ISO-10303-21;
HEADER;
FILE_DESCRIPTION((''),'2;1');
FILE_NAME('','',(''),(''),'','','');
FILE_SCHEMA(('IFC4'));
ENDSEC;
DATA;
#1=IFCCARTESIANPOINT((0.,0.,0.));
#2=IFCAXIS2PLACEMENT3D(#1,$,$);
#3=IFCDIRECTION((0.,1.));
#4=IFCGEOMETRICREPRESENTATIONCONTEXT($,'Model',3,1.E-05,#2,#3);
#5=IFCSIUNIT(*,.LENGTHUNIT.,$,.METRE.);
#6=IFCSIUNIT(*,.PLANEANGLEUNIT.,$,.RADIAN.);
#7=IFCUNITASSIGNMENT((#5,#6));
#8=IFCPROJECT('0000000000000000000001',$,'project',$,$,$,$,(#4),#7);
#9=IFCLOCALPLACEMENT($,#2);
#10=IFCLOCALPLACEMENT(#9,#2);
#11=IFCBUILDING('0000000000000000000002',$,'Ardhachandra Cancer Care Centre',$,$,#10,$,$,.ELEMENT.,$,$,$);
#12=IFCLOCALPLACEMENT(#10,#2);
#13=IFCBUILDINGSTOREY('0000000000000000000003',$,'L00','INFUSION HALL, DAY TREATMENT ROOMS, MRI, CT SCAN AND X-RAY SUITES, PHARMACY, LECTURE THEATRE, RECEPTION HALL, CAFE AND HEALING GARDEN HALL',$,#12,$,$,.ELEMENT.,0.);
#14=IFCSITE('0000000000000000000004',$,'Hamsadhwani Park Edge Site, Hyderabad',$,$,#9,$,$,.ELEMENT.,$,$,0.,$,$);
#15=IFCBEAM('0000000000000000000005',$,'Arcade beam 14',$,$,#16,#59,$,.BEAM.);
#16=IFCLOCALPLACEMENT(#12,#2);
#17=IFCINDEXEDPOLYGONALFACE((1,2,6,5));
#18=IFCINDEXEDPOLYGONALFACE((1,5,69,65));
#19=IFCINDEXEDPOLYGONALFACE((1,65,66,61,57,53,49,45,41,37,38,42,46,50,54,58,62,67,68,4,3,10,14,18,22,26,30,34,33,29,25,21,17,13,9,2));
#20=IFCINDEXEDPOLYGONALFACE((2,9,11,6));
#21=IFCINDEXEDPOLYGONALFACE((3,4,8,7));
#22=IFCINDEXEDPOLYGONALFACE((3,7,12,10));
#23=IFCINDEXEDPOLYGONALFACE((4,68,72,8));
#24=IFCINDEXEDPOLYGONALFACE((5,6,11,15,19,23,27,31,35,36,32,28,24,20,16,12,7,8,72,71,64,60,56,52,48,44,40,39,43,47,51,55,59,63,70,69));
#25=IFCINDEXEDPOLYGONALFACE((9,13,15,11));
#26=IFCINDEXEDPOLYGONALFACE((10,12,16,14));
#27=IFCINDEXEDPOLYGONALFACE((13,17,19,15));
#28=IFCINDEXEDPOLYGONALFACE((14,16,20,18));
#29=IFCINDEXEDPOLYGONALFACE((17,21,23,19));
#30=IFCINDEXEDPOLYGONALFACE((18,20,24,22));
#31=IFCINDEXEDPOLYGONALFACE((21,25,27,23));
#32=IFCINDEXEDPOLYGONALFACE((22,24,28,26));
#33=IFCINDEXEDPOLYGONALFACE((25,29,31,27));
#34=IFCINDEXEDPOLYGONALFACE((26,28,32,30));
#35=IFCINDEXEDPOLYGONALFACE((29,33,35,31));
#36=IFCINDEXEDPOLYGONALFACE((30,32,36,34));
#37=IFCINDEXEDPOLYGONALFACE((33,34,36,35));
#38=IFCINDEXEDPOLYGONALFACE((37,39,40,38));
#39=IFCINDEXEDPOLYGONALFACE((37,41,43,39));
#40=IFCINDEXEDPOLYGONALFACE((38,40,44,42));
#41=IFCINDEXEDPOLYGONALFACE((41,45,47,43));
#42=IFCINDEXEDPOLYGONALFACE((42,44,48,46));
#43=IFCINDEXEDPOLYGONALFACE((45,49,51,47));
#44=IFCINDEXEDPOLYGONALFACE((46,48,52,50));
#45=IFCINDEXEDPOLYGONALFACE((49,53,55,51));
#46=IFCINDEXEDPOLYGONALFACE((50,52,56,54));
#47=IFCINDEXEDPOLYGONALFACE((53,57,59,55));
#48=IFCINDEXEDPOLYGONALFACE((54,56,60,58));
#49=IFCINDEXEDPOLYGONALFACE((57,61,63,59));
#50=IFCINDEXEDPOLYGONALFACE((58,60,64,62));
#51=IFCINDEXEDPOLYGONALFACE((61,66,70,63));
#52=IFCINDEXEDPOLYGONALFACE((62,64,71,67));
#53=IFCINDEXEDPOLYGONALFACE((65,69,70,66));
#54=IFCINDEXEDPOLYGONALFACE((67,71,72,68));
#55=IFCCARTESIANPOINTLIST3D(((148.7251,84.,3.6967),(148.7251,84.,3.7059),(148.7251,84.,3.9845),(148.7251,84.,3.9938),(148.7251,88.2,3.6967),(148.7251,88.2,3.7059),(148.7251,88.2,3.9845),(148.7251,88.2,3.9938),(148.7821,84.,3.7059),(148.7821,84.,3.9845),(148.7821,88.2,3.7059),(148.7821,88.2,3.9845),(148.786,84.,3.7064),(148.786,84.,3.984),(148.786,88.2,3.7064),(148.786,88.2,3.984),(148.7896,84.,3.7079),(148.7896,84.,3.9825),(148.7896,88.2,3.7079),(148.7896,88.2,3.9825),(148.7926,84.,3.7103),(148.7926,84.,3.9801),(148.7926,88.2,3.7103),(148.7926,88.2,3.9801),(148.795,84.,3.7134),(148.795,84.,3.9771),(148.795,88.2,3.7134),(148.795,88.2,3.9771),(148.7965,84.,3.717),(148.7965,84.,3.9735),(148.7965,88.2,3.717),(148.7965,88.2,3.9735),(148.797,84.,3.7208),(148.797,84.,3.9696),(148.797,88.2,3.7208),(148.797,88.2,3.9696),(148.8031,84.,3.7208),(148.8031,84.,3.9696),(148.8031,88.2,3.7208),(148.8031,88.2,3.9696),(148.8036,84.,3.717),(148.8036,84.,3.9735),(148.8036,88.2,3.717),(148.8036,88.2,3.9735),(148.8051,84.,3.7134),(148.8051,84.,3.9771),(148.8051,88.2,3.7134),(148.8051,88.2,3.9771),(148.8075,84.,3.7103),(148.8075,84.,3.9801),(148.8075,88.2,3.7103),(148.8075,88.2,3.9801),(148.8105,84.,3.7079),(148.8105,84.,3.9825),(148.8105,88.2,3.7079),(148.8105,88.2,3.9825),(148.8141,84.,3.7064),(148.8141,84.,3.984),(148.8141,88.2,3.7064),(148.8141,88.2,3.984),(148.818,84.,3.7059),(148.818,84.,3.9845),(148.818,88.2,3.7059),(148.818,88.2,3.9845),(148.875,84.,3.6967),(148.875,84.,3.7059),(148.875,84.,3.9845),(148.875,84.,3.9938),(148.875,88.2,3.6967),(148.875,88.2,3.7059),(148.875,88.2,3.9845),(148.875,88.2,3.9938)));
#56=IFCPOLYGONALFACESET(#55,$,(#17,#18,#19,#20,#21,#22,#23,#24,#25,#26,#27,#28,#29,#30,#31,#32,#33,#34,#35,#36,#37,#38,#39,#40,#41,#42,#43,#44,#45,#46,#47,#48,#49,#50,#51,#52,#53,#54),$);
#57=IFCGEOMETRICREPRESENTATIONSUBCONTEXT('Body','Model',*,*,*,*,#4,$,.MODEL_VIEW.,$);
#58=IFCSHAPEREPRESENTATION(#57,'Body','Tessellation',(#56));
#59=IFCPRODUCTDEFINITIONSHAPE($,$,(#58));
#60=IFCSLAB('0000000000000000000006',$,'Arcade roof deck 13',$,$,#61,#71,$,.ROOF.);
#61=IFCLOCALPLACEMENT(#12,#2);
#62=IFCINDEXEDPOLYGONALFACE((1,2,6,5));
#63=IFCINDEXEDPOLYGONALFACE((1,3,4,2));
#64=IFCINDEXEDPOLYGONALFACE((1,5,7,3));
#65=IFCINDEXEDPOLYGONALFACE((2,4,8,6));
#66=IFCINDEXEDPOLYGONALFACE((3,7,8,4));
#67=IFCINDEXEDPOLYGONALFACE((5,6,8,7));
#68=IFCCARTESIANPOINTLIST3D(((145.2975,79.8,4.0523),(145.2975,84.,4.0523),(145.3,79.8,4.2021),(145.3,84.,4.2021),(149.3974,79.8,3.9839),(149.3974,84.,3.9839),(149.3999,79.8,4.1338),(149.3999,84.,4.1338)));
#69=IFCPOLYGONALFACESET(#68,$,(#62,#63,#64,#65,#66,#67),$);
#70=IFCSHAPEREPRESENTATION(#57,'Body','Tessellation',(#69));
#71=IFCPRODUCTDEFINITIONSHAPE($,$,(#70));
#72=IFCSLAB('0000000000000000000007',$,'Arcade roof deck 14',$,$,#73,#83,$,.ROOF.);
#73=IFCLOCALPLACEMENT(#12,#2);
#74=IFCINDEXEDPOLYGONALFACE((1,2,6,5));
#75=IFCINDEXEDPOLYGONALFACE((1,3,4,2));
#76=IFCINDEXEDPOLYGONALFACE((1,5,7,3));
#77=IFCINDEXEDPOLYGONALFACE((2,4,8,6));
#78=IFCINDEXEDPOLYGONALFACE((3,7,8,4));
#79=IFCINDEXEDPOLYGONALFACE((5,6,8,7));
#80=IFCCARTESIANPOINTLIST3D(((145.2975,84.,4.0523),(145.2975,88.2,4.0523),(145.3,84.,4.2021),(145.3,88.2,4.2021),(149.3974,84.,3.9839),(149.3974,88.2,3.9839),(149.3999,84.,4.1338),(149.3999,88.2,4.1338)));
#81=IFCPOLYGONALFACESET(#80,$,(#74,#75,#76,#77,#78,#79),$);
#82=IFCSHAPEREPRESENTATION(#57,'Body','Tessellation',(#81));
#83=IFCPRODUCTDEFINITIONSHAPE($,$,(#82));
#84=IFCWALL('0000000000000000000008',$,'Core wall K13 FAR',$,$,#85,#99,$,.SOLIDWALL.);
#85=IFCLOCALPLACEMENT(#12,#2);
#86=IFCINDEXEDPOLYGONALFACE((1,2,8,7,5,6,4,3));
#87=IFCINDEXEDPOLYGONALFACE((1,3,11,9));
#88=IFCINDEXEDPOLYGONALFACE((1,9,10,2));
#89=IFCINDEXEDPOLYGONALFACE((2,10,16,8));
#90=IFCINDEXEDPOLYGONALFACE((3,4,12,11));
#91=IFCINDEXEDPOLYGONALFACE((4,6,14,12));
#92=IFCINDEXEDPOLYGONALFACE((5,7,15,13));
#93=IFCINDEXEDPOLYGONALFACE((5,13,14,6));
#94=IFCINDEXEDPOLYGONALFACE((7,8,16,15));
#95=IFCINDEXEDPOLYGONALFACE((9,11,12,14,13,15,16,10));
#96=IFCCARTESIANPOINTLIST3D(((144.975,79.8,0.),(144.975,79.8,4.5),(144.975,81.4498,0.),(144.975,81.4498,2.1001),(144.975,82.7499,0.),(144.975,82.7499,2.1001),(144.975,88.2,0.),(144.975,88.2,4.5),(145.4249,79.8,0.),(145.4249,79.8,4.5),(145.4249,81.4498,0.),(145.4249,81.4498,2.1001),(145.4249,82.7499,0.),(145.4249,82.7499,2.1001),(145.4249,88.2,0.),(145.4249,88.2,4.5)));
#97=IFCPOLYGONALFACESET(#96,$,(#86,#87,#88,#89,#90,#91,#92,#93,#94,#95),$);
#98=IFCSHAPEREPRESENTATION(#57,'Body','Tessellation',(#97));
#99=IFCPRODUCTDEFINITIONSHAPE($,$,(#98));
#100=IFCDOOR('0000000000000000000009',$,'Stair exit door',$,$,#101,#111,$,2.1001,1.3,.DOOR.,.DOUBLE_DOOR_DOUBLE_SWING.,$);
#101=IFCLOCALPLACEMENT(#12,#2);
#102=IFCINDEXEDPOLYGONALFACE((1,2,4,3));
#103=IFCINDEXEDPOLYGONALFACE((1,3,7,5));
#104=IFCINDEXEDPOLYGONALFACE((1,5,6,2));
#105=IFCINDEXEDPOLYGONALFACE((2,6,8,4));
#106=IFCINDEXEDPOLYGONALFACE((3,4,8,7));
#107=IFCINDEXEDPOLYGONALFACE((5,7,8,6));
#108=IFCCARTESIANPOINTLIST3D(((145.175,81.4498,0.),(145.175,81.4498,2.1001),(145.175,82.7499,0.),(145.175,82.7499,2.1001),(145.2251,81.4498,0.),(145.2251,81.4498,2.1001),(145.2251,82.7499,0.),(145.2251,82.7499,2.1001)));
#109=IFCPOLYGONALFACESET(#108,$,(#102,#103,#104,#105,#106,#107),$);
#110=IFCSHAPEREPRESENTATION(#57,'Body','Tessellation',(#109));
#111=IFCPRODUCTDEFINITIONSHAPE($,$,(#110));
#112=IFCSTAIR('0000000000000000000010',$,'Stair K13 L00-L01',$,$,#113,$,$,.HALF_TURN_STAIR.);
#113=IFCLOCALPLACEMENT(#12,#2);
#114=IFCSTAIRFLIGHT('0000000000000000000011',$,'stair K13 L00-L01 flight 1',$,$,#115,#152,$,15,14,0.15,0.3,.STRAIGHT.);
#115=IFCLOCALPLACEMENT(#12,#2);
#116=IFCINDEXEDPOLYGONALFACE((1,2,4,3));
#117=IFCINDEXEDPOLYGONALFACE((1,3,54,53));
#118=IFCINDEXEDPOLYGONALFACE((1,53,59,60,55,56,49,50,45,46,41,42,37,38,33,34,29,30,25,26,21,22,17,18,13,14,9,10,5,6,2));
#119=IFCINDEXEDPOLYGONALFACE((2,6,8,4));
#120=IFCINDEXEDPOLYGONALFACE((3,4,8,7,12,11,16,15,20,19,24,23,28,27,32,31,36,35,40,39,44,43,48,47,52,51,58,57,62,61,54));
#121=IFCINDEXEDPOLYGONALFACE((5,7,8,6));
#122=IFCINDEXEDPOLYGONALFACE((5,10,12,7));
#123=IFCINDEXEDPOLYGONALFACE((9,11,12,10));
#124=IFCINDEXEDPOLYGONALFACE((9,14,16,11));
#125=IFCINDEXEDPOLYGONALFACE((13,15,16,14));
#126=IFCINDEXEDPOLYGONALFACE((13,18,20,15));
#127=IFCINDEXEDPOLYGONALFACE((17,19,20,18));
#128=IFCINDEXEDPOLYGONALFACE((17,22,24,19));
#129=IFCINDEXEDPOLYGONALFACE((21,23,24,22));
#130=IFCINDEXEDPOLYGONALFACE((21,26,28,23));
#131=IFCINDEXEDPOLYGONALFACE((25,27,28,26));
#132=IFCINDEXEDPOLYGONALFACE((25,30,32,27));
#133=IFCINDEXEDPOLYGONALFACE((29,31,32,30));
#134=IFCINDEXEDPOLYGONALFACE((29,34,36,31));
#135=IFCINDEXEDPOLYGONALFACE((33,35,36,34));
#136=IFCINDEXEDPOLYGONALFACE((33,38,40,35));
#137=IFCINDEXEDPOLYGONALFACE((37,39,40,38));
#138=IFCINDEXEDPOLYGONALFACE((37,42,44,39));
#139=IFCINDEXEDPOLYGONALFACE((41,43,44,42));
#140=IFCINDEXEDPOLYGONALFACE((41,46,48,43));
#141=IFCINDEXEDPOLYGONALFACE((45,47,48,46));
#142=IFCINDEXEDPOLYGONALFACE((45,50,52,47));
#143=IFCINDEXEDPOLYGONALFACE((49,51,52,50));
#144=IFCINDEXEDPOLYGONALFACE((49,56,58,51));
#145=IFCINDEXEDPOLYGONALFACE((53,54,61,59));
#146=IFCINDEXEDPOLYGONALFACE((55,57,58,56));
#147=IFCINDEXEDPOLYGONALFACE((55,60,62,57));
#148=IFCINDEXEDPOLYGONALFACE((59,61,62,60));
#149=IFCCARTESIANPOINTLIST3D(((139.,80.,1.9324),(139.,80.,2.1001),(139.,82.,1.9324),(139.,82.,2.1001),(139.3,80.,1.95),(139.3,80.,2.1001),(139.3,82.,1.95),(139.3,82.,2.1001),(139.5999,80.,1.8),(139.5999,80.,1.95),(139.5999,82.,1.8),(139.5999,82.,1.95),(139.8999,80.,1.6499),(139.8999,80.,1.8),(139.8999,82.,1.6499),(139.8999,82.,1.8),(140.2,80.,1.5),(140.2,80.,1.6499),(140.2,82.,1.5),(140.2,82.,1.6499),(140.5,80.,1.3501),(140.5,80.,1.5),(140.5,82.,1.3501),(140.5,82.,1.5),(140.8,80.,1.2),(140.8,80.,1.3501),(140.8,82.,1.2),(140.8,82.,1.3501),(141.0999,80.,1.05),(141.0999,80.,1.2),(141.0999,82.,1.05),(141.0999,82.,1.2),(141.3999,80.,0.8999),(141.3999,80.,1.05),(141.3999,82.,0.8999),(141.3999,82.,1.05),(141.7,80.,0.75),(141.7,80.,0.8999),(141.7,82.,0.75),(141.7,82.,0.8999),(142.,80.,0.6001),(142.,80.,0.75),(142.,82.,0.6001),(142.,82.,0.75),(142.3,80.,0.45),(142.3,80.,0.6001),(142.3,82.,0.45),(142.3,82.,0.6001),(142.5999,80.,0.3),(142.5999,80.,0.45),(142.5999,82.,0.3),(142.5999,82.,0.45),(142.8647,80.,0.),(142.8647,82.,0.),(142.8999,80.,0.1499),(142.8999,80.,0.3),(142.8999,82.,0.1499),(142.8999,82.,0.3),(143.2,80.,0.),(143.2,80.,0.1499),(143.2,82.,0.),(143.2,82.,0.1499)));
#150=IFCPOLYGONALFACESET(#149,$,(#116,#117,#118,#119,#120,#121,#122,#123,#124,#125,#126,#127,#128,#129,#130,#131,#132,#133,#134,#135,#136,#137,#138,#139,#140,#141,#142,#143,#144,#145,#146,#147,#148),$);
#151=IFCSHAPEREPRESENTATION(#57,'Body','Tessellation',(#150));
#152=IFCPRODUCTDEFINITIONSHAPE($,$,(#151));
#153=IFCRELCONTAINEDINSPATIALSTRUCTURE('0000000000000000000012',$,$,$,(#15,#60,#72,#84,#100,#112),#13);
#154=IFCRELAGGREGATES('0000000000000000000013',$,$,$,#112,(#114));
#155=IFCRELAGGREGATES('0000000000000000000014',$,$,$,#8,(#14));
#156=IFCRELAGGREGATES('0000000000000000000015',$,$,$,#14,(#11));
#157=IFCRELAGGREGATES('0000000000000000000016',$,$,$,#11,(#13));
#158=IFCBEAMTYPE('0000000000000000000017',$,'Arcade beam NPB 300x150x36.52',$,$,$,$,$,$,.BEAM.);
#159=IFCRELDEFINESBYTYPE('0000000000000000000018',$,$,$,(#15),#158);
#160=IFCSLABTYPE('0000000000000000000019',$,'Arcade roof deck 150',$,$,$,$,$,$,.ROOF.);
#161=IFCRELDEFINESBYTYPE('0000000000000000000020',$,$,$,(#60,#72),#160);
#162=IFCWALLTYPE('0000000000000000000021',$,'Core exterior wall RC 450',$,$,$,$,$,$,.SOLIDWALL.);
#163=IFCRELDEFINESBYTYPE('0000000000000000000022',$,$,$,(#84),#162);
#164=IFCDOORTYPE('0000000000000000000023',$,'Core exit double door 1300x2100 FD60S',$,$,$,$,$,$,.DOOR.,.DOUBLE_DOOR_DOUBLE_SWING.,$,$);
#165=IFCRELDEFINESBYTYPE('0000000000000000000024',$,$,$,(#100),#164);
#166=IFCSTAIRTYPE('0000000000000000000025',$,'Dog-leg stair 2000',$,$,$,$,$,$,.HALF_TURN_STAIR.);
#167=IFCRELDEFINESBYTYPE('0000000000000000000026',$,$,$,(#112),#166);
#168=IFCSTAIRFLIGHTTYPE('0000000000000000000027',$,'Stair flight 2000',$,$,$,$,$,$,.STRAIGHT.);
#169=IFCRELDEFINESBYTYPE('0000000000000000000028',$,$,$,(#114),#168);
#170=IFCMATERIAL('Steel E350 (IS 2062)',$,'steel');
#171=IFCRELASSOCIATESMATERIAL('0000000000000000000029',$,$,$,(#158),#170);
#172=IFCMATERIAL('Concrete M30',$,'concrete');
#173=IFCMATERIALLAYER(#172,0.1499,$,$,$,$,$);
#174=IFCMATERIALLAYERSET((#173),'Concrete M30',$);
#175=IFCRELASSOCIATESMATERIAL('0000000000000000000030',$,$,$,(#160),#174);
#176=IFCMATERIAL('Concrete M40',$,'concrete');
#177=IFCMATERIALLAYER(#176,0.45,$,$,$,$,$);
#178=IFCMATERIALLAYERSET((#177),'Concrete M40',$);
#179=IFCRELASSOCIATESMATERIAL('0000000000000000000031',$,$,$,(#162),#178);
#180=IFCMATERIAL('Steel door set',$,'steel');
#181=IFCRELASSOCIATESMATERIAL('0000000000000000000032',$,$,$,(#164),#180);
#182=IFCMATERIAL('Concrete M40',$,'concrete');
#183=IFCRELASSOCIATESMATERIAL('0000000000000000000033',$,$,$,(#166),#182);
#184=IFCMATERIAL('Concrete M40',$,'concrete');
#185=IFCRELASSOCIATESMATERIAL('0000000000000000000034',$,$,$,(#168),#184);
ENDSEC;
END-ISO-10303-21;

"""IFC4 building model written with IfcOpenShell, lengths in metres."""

from ifc_helpers import new_model, si_unit, direction, frame, frame_2d, origin, origin_2d, place, context, subcontext, project, spatial, polyline, rectangle, i_section, outline, extrude, material, layer, layer_set, material_profile, profile_set, type_object, element, fill, aggregate, save


model = new_model("IFC4")

# Units and contexts
model_context = context("Model", 3, precision=1e-05, world=origin(), true_north=direction((0.0, 1.0)))
body_context = subcontext(model_context, "Body", "Model", "MODEL_VIEW")
ifc_project = project(units=[si_unit("LENGTHUNIT", "METRE"), si_unit("PLANEANGLEUNIT", "RADIAN")], contexts=[model_context])

# Site, building, storey
site_placement = place(None, origin())
site = spatial("IfcSite", under=ifc_project, at=site_placement, Name="Hamsadhwani Park Edge Site, Hyderabad", CompositionType="ELEMENT", RefElevation=0.0)
building_placement = place(site_placement, origin())
building = spatial("IfcBuilding", under=site, at=building_placement, Name="Ardhachandra Cancer Care Centre", CompositionType="ELEMENT")
storey_placement = place(building_placement, origin())
storey = spatial("IfcBuildingStorey", under=building, at=storey_placement, Name="L00", Description="INFUSION HALL, DAY TREATMENT ROOMS, MRI, CT SCAN AND X-RAY SUITES, PHARMACY, LECTURE THEATRE, RECEPTION HALL, CAFE AND HEALING GARDEN HALL", CompositionType="ELEMENT", Elevation=0.0)

# Beam
ifc_material_1 = material(Name="Steel E350 (IS 2062)", Category="steel")
ifc_material_profile_1 = material_profile(ifc_material_1, i_section(OverallWidth=0.1499, OverallDepth=0.2971, WebThickness=0.0061, FlangeThickness=0.0093, FilletRadius=0.0149, at=origin_2d()), Name="NPB 300x150x36.52")
ifc_profile_set_1 = profile_set([ifc_material_profile_1], Name="Steel E350 (IS 2062)")
beam_type = type_object("IfcBeamType", Name="Arcade beam NPB 300x150x36.52", PredefinedType="BEAM", material=ifc_profile_set_1)
for number, where, z_axis, x_axis, name in (
    (1, (148.8, 84.0, 3.8452), (0.0, 1.0, 0.0), (-1.0, 0.0, 0.0), "Arcade beam 14"),
):
    element("IfcBeam", number, at=place(storey_placement, frame(where, z_axis=z_axis, x_axis=x_axis)), inside=storey, type_object=beam_type, Name=name, PredefinedType="BEAM", context=body_context, shape_type="SweptSolid", body=[
        extrude(i_section(OverallWidth=0.1499, OverallDepth=0.2971, WebThickness=0.0061, FlangeThickness=0.0093, FilletRadius=0.0149, at=origin_2d()), origin(), (0.0, 0.0, 1.0), 4.2),
    ])

# Slabs
ifc_material_2 = material(Name="Concrete M30", Category="concrete")
ifc_layer_1 = layer(ifc_material_2, 0.1499)
ifc_layer_set_1 = layer_set([ifc_layer_1], Name="Concrete M30")
slab_type = type_object("IfcSlabType", Name="Arcade roof deck 150", PredefinedType="ROOF", material=ifc_layer_set_1)
for number, where, z_axis, x_axis, name in (
    (2, (145.3, 79.8, 4.2021), (0.016671, 0.0, 0.999861), (0.999861, 0.0, -0.016671), "Arcade roof deck 13"),
    (3, (145.3, 84.0, 4.2021), (0.016671, 0.0, 0.999861), (0.999861, 0.0, -0.016671), "Arcade roof deck 14"),
):
    element("IfcSlab", number, at=place(storey_placement, frame(where, z_axis=z_axis, x_axis=x_axis)), inside=storey, type_object=slab_type, Name=name, PredefinedType="ROOF", context=body_context, shape_type="SweptSolid", body=[
        extrude(outline(polyline([(0.0, 0.0), (4.1004, 0.0), (4.1004, 4.2), (0.0, 4.2), (0.0, 0.0)])), origin(), (0.0, 0.0, -1.0), 0.1499),
    ])

# Wall, opening, door
ifc_material_3 = material(Name="Concrete M40", Category="concrete")
ifc_layer_2 = layer(ifc_material_3, 0.45)
ifc_layer_set_2 = layer_set([ifc_layer_2], Name="Concrete M40")
wall_type = type_object("IfcWallType", Name="Core exterior wall RC 450", PredefinedType="SOLIDWALL", material=ifc_layer_set_2)
wall_placement = place(storey_placement, frame((145.2, 79.8, 0.0), z_axis=(0.0, 0.0, 1.0), x_axis=(0.0, 1.0, 0.0)))
wall = element("IfcWall", 4, at=wall_placement, inside=storey, type_object=wall_type, Name="Core wall K13 FAR", PredefinedType="SOLIDWALL", context=body_context, shape_type="SweptSolid", body=[
    extrude(rectangle(XDim=8.3999, YDim=0.45, at=frame_2d((4.2, 0.0))), origin(), (0.0, 0.0, 1.0), 4.5),
])
opening_placement = place(wall_placement, frame((1.6499, 0.0, 0.0)))
opening = element("IfcOpeningElement", 5, at=opening_placement, cuts=wall, PredefinedType="OPENING", context=body_context, shape_type="SweptSolid", body=[
    extrude(rectangle(XDim=1.3, YDim=2.1001, at=frame_2d((0.6499, 1.05))), frame((0.0, 0.2349, 0.0), z_axis=(0.0, -1.0, 0.0), x_axis=(1.0, 0.0, 0.0)), (0.0, 0.0, 1.0), 0.47),
])
ifc_material_4 = material(Name="Steel door set", Category="steel")
door_type = type_object("IfcDoorType", Name="Core exit double door 1300x2100 FD60S", OperationType="DOUBLE_DOOR_DOUBLE_SWING", PredefinedType="DOOR", material=ifc_material_4)
door_placement = place(opening_placement, origin())
door = element("IfcDoor", 6, at=door_placement, inside=storey, type_object=door_type, Name="Stair exit door", OperationType="DOUBLE_DOOR_DOUBLE_SWING", OverallHeight=2.1001, OverallWidth=1.3, PredefinedType="DOOR", context=body_context, shape_type="SweptSolid", body=[
    extrude(rectangle(XDim=1.3, YDim=2.1001, at=frame_2d((0.6499, 1.05))), frame((0.0, 0.0249, 0.0), z_axis=(0.0, -1.0, 0.0), x_axis=(1.0, 0.0, 0.0)), (0.0, 0.0, 1.0), 0.05),
])
fill(opening, door)

# Stair, stair flight
ifc_material_5 = material(Name="Concrete M40", Category="concrete")
stair_type = type_object("IfcStairType", Name="Dog-leg stair 2000", PredefinedType="HALF_TURN_STAIR", material=ifc_material_5)
stair_placement = place(storey_placement, origin())
stair = element("IfcStair", 7, at=stair_placement, inside=storey, type_object=stair_type, Name="Stair K13 L00-L01", PredefinedType="HALF_TURN_STAIR")
ifc_material_6 = material(Name="Concrete M40", Category="concrete")
stair_flight_type = type_object("IfcStairFlightType", Name="Stair flight 2000", PredefinedType="STRAIGHT", material=ifc_material_6)
stair_flight_placement = place(storey_placement, frame((143.2, 81.0, 0.0), z_axis=(0.0, 0.0, 1.0), x_axis=(-1.0, 0.0, 0.0)))
stair_flight = element("IfcStairFlight", 8, at=stair_flight_placement, type_object=stair_flight_type, Name="stair K13 L00-L01 flight 1", NumberOfRisers=15, NumberOfTreads=14, PredefinedType="STRAIGHT", RiserHeight=0.15, TreadLength=0.3, context=body_context, shape_type="SweptSolid", body=[
    extrude(outline(polyline([(0.0, 0.0), (0.0, 0.1499), (0.3, 0.1499), (0.3, 0.3), (0.6001, 0.3), (0.6001, 0.45), (0.8999, 0.45), (0.8999, 0.6001), (1.2, 0.6001), (1.2, 0.75), (1.5, 0.75), (1.5, 0.8999), (1.8, 0.8999), (1.8, 1.05), (2.1001, 1.05), (2.1001, 1.2), (2.3999, 1.2), (2.3999, 1.3501), (2.7, 1.3501), (2.7, 1.5), (3.0, 1.5), (3.0, 1.6499), (3.3, 1.6499), (3.3, 1.8), (3.6001, 1.8), (3.6001, 1.95), (3.8999, 1.95), (3.8999, 2.1001), (4.2, 2.1001), (4.2, 2.25), (4.2, 1.9324), (0.3352, 0.0), (0.0, 0.0)])), frame((0.0, 1.0, 0.0), z_axis=(0.0, -1.0, 0.0), x_axis=(1.0, 0.0, 0.0)), (0.0, 0.0, 1.0), 2.0),
])
aggregate(stair, [stair_flight])

save(model, "model.ifc")
